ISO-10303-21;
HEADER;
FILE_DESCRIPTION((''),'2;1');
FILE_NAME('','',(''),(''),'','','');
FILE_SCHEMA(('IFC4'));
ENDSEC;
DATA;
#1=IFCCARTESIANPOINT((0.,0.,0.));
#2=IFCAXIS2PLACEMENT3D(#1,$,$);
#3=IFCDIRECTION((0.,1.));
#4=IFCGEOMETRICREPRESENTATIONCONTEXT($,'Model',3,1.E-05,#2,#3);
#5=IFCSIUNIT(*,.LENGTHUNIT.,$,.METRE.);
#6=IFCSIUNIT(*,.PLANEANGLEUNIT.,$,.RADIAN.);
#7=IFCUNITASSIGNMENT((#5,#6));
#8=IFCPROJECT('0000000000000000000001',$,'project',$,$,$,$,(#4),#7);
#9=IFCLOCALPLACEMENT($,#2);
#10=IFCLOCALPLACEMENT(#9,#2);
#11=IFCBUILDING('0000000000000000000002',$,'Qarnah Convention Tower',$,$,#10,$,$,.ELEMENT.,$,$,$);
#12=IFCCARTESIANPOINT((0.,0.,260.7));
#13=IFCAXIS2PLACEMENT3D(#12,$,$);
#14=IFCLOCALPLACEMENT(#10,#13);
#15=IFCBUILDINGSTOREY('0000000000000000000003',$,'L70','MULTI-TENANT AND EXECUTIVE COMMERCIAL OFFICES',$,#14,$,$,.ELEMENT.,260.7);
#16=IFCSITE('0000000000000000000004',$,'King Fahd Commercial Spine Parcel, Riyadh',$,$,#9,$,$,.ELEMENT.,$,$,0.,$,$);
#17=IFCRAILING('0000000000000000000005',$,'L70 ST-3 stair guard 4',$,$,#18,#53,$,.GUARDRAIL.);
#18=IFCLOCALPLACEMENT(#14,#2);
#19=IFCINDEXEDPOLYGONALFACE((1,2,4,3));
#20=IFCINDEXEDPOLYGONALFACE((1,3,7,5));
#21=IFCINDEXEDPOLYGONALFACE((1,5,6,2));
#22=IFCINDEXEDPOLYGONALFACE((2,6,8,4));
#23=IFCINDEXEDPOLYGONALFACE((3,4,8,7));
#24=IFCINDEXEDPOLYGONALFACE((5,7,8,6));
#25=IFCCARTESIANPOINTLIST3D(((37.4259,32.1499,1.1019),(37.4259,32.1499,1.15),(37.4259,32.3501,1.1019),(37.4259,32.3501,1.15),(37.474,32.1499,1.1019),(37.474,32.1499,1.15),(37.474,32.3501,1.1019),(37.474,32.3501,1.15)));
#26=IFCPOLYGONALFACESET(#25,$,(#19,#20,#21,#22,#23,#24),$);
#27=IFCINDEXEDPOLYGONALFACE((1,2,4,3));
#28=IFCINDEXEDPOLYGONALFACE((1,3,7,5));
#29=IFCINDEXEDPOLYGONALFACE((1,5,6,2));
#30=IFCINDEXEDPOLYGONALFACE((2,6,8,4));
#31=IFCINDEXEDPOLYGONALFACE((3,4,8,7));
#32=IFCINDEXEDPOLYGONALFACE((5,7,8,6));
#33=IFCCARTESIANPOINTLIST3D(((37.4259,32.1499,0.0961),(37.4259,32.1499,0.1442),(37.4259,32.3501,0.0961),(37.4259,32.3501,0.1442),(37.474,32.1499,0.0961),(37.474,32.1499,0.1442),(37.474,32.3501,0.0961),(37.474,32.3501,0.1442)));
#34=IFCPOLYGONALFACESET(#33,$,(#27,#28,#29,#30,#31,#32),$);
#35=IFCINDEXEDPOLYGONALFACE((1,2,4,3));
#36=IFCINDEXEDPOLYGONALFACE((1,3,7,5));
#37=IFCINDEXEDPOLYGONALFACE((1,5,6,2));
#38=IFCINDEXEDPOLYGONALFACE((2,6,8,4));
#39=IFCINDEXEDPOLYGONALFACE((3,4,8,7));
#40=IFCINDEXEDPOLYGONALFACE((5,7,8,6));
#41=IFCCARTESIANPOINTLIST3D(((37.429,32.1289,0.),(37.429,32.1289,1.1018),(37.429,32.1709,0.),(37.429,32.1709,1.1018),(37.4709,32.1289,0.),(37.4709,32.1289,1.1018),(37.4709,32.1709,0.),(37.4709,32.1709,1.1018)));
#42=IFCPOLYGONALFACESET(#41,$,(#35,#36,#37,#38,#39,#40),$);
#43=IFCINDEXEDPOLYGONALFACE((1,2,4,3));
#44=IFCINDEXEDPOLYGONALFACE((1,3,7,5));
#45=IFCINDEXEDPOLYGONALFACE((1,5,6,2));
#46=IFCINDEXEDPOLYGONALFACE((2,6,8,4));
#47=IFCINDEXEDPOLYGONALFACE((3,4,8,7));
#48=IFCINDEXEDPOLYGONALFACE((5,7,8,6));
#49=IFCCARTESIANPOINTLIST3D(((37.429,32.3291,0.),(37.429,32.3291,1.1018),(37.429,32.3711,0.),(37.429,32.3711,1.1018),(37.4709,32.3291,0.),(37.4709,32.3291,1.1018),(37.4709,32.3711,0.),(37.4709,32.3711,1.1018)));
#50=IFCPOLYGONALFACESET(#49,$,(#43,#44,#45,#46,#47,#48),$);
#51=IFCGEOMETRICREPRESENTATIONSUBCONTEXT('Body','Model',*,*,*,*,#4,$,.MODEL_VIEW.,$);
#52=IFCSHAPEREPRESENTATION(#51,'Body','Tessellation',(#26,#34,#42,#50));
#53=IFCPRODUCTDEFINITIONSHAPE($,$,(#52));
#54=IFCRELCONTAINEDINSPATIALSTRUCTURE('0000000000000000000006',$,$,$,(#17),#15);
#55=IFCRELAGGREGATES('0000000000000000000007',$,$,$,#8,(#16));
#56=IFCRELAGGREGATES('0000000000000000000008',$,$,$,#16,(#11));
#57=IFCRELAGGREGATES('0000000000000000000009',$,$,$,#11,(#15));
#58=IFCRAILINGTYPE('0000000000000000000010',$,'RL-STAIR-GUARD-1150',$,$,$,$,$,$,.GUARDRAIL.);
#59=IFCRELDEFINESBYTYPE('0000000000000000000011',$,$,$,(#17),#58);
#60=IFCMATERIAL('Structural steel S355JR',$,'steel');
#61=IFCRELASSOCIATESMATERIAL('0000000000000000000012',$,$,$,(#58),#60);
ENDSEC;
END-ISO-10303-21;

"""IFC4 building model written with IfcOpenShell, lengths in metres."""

from ifc_helpers import new_model, si_unit, direction, frame, origin, origin_2d, place, context, subcontext, project, spatial, rectangle, extrude, material, type_object, element, save


model = new_model("IFC4")

# Units and contexts
model_context = context("Model", 3, precision=1e-05, world=origin(), true_north=direction((0.0, 1.0)))
body_context = subcontext(model_context, "Body", "Model", "MODEL_VIEW")
ifc_project = project(units=[si_unit("LENGTHUNIT", "METRE"), si_unit("PLANEANGLEUNIT", "RADIAN")], contexts=[model_context])

# Site, building, storey
site_placement = place(None, origin())
site = spatial("IfcSite", under=ifc_project, at=site_placement, Name="King Fahd Commercial Spine Parcel, Riyadh", CompositionType="ELEMENT", RefElevation=0.0)
building_placement = place(site_placement, origin())
building = spatial("IfcBuilding", under=site, at=building_placement, Name="Qarnah Convention Tower", CompositionType="ELEMENT")
storey_placement = place(building_placement, frame((0.0, 0.0, 260.7)))
storey = spatial("IfcBuildingStorey", under=building, at=storey_placement, Name="L70", Description="MULTI-TENANT AND EXECUTIVE COMMERCIAL OFFICES", CompositionType="ELEMENT", Elevation=260.7)

# Shared definitions
ifc_material_1 = material(Name="Structural steel S355JR", Category="steel")

# Railing
railing_type_1 = type_object("IfcRailingType", Name="RL-STAIR-GUARD-1150", PredefinedType="GUARDRAIL", material=ifc_material_1)
railing_1_placement = place(storey_placement, frame((37.45, 32.1499, 0.0)))
element("IfcRailing", 1, at=railing_1_placement, inside=storey, type_object=railing_type_1, Name="L70 ST-3 stair guard 4", PredefinedType="GUARDRAIL", context=body_context, shape_type="SweptSolid", body=[
    extrude(rectangle(XDim=0.0481, YDim=0.0481, at=origin_2d()), frame((0.0, 0.0, 1.126), z_axis=(0.0, 1.0, 0.0), x_axis=(-1.0, 0.0, 0.0)), (0.0, 0.0, 1.0), 0.2002),
    extrude(rectangle(XDim=0.0481, YDim=0.0481, at=origin_2d()), frame((0.0, 0.0, 0.1201), z_axis=(0.0, 1.0, 0.0), x_axis=(-1.0, 0.0, 0.0)), (0.0, 0.0, 1.0), 0.2002),
    extrude(rectangle(XDim=0.042, YDim=0.042, at=origin_2d()), origin(), (0.0, 0.0, 1.0), 1.1018),
    extrude(rectangle(XDim=0.042, YDim=0.042, at=origin_2d()), frame((0.0, 0.2002, 0.0)), (0.0, 0.0, 1.0), 1.1018),
])

save(model, "model.ifc")
